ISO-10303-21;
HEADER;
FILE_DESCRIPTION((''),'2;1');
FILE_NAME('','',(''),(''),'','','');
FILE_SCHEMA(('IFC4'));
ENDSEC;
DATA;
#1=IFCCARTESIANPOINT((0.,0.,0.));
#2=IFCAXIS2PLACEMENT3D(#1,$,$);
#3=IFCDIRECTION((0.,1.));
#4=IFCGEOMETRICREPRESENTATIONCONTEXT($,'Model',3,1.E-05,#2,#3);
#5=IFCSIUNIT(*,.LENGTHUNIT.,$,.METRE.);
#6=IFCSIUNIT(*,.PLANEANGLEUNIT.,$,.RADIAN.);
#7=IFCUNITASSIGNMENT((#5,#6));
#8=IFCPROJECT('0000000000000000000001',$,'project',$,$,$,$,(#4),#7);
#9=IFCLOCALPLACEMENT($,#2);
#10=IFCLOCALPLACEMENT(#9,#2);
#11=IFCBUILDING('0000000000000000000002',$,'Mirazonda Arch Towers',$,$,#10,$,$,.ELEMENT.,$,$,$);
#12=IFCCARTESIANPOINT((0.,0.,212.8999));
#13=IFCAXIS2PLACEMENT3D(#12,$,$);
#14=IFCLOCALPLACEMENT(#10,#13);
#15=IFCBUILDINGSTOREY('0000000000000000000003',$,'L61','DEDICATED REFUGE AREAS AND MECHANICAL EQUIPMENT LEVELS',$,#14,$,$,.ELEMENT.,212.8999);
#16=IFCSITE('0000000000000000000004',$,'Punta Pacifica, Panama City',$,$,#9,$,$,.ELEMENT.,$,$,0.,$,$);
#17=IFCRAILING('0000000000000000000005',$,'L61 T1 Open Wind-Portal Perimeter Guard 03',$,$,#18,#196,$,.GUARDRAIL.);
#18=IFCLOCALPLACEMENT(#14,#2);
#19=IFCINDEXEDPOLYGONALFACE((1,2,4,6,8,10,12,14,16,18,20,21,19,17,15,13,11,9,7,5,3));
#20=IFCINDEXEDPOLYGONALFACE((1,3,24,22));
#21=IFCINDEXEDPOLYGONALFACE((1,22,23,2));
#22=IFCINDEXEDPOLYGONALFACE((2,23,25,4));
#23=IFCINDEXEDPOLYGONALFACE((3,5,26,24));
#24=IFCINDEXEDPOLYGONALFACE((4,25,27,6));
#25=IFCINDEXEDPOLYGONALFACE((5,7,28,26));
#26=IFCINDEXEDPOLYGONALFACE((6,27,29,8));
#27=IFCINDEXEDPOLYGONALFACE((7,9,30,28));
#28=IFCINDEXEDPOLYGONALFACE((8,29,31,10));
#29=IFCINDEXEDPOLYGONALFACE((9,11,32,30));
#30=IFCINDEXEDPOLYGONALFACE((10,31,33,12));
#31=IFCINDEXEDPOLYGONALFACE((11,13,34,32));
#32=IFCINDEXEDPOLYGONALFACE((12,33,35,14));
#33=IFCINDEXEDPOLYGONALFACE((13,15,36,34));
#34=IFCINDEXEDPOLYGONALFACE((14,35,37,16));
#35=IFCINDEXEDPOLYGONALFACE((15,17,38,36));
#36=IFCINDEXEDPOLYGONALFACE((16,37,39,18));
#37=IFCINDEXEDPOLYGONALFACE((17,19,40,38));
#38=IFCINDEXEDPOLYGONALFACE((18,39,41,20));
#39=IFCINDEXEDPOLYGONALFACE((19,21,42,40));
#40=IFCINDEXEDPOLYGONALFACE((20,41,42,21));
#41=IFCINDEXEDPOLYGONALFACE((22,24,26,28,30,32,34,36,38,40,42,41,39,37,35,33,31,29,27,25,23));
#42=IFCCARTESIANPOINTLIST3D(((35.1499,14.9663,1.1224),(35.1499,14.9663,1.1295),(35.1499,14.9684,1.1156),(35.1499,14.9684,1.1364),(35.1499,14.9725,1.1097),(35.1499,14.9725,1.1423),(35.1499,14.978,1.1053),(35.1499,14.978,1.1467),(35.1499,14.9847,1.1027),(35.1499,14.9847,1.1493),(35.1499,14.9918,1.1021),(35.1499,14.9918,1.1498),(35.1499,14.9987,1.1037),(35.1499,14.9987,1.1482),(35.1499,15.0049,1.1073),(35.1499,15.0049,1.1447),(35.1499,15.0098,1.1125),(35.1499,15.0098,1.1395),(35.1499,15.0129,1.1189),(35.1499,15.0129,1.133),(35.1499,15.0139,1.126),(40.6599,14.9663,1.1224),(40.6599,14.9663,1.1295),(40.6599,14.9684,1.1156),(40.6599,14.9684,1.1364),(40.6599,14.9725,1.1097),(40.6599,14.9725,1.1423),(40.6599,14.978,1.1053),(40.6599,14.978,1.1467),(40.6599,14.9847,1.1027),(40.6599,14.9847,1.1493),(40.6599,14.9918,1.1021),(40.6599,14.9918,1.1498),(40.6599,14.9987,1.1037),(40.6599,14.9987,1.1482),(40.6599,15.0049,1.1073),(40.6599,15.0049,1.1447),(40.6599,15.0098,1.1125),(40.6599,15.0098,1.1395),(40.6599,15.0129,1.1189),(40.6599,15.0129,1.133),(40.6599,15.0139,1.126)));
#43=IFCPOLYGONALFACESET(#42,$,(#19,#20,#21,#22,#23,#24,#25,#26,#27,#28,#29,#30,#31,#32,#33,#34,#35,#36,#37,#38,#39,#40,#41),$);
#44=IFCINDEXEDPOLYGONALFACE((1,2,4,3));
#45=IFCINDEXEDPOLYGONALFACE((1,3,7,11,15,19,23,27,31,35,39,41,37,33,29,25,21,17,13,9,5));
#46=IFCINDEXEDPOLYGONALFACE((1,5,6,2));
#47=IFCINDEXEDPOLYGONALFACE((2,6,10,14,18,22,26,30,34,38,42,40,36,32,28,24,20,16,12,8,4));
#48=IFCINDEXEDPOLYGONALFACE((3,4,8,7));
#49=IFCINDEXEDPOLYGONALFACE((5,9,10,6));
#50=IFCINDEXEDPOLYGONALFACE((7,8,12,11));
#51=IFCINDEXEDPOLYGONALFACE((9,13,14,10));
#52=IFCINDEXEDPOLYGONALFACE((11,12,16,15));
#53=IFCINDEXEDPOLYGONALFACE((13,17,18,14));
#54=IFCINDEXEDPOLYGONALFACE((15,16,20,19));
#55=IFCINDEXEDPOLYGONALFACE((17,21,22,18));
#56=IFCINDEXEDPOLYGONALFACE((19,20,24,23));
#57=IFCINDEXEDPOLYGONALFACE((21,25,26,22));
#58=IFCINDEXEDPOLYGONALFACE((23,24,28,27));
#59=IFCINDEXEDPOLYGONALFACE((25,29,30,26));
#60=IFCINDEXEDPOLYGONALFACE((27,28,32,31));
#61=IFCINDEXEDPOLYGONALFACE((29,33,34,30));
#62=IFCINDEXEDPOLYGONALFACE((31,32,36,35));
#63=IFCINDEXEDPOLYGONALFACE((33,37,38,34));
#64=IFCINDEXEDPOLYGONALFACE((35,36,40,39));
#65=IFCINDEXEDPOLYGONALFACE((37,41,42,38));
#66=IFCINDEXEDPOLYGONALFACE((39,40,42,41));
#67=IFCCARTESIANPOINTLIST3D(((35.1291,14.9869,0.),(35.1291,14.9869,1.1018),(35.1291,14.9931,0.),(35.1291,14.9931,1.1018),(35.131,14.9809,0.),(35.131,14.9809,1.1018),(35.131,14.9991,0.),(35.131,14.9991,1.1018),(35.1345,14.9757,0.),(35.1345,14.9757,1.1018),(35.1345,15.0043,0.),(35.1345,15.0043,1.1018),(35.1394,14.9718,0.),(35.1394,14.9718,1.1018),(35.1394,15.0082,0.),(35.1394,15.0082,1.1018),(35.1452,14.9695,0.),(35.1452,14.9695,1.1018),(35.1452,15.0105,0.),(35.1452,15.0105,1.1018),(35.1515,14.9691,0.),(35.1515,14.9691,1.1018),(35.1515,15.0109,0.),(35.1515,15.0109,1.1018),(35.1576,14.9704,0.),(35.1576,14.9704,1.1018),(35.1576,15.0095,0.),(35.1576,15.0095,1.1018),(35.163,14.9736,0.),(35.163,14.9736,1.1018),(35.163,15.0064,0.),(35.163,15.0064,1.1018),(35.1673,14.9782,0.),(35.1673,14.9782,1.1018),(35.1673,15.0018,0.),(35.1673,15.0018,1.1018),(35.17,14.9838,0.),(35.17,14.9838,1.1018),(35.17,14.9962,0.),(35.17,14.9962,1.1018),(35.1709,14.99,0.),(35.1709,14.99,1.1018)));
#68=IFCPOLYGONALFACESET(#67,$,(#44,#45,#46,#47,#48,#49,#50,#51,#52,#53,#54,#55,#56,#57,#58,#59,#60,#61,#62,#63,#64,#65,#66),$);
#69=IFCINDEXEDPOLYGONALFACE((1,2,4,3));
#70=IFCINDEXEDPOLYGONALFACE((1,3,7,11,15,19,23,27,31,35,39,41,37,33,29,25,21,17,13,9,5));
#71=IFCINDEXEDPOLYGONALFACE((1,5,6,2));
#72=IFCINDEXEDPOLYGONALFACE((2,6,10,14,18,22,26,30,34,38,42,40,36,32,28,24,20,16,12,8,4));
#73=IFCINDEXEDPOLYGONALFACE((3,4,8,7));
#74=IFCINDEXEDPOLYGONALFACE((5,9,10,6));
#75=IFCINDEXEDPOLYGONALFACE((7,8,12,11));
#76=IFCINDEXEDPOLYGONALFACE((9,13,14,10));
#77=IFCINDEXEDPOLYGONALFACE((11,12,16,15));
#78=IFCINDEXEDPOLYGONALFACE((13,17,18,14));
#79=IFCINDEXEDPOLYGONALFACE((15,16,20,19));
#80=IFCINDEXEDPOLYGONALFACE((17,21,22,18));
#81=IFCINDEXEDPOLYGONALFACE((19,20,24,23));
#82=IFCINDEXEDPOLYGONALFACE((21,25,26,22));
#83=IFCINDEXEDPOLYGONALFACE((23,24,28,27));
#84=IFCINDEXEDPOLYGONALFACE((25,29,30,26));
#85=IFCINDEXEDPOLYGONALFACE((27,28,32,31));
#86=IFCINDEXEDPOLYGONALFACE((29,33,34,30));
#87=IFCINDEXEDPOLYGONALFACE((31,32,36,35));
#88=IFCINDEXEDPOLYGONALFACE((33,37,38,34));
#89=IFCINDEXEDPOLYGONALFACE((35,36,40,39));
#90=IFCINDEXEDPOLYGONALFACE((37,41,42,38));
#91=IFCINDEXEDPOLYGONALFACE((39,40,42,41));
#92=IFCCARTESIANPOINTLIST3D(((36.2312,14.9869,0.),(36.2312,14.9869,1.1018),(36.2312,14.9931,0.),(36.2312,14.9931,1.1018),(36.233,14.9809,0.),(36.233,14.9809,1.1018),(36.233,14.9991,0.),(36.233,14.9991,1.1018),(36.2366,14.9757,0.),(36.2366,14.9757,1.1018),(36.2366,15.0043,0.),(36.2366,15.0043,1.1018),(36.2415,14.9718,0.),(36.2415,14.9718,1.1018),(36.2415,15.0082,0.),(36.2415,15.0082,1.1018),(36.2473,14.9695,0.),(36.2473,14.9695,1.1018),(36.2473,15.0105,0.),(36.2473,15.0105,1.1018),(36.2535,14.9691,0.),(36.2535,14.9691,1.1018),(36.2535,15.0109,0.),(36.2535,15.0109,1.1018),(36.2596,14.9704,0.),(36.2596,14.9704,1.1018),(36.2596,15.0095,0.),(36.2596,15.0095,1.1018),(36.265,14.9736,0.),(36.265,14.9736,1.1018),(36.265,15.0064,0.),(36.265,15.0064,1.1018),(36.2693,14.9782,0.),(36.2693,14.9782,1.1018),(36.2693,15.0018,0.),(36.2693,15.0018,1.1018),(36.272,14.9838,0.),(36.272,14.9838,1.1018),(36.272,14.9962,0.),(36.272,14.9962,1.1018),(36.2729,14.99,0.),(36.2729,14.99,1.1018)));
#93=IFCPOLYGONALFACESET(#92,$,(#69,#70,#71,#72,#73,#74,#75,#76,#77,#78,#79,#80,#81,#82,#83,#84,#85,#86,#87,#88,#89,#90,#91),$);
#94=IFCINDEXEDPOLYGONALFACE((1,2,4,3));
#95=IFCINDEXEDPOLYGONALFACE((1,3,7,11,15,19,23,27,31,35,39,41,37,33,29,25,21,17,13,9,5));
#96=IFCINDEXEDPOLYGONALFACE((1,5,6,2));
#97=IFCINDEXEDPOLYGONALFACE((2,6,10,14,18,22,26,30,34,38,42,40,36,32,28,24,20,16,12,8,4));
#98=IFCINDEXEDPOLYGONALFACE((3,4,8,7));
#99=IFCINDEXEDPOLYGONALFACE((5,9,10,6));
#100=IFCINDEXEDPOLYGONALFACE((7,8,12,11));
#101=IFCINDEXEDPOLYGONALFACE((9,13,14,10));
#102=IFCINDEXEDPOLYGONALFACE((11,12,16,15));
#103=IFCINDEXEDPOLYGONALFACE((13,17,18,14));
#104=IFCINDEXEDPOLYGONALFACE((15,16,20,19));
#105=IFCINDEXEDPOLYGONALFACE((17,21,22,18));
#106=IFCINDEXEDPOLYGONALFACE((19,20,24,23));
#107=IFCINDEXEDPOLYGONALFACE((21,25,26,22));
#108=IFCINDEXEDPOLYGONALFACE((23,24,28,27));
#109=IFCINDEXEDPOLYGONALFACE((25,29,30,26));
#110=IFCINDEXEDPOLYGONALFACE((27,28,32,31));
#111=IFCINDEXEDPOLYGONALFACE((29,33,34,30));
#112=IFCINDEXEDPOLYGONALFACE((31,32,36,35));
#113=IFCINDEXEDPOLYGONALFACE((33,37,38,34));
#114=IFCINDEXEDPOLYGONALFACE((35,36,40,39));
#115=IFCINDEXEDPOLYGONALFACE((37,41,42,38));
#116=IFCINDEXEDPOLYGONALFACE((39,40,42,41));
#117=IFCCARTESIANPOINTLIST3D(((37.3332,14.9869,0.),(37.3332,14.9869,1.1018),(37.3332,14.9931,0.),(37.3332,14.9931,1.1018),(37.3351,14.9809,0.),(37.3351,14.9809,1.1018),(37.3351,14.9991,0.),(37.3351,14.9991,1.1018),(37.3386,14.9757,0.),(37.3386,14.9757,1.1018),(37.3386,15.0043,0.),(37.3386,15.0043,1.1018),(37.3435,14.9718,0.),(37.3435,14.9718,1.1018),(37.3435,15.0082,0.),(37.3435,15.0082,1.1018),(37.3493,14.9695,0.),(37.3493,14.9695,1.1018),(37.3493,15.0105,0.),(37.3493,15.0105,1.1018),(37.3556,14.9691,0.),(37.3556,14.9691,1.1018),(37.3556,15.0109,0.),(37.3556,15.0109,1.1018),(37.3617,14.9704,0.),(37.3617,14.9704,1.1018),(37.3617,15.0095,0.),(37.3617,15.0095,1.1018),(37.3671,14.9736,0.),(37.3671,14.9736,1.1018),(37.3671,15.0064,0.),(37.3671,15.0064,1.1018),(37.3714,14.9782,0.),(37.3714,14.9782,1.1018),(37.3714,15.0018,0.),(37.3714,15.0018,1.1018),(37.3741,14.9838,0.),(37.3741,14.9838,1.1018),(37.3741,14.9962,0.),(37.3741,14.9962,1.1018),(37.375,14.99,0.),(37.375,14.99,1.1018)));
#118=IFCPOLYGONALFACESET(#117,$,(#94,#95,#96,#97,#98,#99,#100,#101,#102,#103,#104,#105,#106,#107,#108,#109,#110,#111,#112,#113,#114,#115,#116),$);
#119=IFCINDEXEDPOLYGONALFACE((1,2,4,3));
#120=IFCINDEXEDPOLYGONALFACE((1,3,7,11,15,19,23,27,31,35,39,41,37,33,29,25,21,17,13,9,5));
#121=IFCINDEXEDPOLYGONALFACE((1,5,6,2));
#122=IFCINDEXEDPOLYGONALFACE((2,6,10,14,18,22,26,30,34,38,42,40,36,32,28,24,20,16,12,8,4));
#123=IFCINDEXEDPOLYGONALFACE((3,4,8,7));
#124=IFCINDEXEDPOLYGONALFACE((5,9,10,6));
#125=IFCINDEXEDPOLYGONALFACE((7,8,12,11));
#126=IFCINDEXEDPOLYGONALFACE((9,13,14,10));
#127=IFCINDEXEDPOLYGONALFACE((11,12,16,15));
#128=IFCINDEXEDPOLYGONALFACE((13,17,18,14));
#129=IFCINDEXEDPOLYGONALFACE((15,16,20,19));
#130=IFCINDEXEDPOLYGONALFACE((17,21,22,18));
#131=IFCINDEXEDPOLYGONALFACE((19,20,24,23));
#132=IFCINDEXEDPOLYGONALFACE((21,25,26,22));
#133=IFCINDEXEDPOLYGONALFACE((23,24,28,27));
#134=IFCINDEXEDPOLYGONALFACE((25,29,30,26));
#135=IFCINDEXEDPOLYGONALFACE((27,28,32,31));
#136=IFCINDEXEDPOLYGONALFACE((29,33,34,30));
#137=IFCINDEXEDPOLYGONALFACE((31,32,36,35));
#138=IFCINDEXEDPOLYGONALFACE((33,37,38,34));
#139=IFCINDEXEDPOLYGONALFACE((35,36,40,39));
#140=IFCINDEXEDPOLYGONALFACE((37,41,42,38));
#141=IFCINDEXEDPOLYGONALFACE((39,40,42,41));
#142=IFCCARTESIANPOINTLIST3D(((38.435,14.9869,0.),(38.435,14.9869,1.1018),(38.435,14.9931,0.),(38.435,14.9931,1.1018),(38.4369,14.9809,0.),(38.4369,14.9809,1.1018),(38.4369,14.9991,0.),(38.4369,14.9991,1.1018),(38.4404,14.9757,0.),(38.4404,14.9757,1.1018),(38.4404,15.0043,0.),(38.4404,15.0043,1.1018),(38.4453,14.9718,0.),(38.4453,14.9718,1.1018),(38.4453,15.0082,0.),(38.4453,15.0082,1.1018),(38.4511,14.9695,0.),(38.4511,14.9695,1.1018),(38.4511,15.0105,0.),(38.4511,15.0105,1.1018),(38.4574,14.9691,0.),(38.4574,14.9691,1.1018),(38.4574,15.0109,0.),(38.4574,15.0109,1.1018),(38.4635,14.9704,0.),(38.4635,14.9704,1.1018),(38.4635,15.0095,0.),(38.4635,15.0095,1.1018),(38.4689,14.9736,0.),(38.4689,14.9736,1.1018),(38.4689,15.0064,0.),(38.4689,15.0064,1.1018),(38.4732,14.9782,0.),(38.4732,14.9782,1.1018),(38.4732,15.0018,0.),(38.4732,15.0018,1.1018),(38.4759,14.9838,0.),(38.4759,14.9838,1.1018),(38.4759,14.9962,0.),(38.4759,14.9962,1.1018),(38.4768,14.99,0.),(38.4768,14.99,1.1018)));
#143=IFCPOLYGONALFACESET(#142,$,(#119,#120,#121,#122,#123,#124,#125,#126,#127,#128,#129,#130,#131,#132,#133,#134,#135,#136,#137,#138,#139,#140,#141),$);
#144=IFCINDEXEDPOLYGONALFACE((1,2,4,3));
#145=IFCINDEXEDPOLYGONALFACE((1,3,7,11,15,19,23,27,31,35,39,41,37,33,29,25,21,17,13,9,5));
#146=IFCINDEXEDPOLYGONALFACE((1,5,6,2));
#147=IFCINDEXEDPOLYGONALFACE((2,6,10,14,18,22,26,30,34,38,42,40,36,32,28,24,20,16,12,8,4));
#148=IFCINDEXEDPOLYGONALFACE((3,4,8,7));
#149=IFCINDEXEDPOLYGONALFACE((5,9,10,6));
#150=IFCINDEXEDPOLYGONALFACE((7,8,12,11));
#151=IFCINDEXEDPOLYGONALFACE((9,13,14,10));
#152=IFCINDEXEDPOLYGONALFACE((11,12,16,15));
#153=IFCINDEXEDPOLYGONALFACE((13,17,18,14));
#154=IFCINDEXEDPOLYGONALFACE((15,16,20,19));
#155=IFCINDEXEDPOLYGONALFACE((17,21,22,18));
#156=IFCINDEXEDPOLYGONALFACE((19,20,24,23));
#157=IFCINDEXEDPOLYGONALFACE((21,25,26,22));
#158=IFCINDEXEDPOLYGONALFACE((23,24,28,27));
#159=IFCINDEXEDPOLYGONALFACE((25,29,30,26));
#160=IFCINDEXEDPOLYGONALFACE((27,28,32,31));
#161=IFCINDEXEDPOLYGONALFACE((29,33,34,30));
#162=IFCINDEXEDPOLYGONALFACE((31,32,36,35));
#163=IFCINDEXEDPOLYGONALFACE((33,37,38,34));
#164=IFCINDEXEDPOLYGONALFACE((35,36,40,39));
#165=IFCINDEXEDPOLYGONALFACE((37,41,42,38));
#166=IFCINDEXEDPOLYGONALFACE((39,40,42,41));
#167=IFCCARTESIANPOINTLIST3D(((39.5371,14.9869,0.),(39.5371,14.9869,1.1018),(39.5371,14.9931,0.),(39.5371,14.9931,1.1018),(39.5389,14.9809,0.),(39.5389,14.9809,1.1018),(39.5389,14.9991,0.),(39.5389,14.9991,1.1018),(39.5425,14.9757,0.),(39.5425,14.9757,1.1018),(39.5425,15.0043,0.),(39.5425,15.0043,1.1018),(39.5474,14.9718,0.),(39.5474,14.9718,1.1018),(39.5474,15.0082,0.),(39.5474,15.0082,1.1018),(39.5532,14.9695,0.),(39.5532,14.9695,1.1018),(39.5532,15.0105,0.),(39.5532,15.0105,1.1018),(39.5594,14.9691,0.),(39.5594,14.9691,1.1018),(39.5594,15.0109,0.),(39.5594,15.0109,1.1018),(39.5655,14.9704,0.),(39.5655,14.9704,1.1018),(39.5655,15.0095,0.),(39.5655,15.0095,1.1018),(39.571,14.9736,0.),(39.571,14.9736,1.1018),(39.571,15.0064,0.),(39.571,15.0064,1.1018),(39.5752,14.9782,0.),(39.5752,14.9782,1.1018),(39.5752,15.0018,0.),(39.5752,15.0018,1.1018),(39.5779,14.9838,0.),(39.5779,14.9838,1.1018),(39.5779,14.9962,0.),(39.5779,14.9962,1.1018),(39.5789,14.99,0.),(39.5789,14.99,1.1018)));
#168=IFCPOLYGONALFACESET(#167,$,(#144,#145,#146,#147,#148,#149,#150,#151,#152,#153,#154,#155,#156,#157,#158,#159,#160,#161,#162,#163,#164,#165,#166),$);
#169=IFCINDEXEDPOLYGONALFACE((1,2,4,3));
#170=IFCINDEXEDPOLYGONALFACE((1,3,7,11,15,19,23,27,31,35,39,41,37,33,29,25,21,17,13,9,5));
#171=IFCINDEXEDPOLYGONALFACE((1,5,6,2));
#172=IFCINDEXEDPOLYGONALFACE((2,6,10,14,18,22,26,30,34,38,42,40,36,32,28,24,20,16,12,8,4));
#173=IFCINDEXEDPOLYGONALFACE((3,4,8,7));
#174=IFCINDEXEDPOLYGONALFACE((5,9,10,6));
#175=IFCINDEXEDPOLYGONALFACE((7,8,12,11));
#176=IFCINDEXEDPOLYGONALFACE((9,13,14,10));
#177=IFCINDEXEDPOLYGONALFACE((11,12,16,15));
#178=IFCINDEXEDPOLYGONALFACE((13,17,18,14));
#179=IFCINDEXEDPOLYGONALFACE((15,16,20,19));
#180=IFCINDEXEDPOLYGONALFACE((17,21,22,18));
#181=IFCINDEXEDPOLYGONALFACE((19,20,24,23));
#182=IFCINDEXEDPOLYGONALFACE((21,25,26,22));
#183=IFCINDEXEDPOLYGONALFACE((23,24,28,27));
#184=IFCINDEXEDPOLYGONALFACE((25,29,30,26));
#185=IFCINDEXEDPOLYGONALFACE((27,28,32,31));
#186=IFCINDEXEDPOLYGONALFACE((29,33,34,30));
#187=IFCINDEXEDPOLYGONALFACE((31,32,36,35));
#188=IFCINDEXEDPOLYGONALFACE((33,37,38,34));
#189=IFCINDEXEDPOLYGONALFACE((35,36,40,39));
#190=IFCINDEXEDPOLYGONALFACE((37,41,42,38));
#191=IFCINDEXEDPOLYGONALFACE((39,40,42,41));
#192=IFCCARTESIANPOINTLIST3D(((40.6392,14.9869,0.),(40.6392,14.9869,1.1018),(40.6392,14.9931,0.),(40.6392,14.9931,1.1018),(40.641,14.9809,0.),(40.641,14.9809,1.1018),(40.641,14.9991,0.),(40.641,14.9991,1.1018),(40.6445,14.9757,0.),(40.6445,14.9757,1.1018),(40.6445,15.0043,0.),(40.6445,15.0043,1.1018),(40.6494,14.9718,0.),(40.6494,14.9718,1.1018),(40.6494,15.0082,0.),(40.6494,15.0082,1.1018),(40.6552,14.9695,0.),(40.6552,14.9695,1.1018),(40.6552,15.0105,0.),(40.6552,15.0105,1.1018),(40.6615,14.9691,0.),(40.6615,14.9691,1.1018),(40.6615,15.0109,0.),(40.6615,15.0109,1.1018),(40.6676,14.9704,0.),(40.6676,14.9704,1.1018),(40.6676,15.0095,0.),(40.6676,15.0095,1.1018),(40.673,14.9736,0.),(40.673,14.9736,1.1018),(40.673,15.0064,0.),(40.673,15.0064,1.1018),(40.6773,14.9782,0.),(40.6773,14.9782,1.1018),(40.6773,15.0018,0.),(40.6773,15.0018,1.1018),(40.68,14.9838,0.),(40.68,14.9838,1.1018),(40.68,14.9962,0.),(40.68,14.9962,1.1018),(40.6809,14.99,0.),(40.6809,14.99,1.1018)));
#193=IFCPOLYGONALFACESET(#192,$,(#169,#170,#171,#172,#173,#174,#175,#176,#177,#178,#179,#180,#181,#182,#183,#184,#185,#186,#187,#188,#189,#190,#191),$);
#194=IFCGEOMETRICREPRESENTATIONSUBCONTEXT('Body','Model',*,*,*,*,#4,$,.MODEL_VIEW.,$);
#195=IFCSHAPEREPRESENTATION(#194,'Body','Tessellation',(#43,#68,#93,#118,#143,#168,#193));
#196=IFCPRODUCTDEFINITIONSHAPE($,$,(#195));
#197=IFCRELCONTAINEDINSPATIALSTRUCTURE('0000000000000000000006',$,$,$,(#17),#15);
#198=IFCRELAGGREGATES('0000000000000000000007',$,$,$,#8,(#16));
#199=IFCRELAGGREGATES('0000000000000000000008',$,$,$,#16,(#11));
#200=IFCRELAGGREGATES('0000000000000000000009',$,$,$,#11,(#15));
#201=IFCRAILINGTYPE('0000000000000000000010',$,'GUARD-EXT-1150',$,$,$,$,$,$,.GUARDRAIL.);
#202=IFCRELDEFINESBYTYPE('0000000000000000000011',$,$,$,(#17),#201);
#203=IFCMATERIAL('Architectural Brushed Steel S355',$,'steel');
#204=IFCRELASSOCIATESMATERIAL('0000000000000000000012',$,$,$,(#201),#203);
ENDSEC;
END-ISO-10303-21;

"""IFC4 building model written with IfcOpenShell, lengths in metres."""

from ifc_helpers import new_model, si_unit, direction, frame, origin, origin_2d, place, context, subcontext, project, spatial, circle, extrude, material, type_object, element, save


model = new_model("IFC4")

# Units and contexts
model_context = context("Model", 3, precision=1e-05, world=origin(), true_north=direction((0.0, 1.0)))
body_context = subcontext(model_context, "Body", "Model", "MODEL_VIEW")
ifc_project = project(units=[si_unit("LENGTHUNIT", "METRE"), si_unit("PLANEANGLEUNIT", "RADIAN")], contexts=[model_context])

# Site, building, storey
site_placement = place(None, origin())
site = spatial("IfcSite", under=ifc_project, at=site_placement, Name="Punta Pacifica, Panama City", CompositionType="ELEMENT", RefElevation=0.0)
building_placement = place(site_placement, origin())
building = spatial("IfcBuilding", under=site, at=building_placement, Name="Mirazonda Arch Towers", CompositionType="ELEMENT")
storey_placement = place(building_placement, frame((0.0, 0.0, 212.8999)))
storey = spatial("IfcBuildingStorey", under=building, at=storey_placement, Name="L61", Description="DEDICATED REFUGE AREAS AND MECHANICAL EQUIPMENT LEVELS", CompositionType="ELEMENT", Elevation=212.8999)

# Railing
ifc_material_1 = material(Name="Architectural Brushed Steel S355", Category="steel")
railing_type = type_object("IfcRailingType", Name="GUARD-EXT-1150", PredefinedType="GUARDRAIL", material=ifc_material_1)
railing_1_placement = place(storey_placement, frame((35.1499, 14.99, 0.0)))
element("IfcRailing", 1, at=railing_1_placement, inside=storey, type_object=railing_type, Name="L61 T1 Open Wind-Portal Perimeter Guard 03", PredefinedType="GUARDRAIL", context=body_context, shape_type="SweptSolid", body=[
    extrude(circle(Radius=0.0239, at=origin_2d()), frame((0.0, 0.0, 1.126), z_axis=(1.0, 0.0, 0.0), x_axis=(0.0, 1.0, 0.0)), (0.0, 0.0, 1.0), 5.51),
    extrude(circle(Radius=0.021, at=origin_2d()), origin(), (0.0, 0.0, 1.0), 1.1018),
    extrude(circle(Radius=0.021, at=origin_2d()), frame((1.1021, 0.0, 0.0)), (0.0, 0.0, 1.0), 1.1018),
    extrude(circle(Radius=0.021, at=origin_2d()), frame((2.2041, 0.0, 0.0)), (0.0, 0.0, 1.0), 1.1018),
    extrude(circle(Radius=0.021, at=origin_2d()), frame((3.3059, 0.0, 0.0)), (0.0, 0.0, 1.0), 1.1018),
    extrude(circle(Radius=0.021, at=origin_2d()), frame((4.408, 0.0, 0.0)), (0.0, 0.0, 1.0), 1.1018),
    extrude(circle(Radius=0.021, at=origin_2d()), frame((5.51, 0.0, 0.0)), (0.0, 0.0, 1.0), 1.1018),
])

save(model, "model.ifc")
